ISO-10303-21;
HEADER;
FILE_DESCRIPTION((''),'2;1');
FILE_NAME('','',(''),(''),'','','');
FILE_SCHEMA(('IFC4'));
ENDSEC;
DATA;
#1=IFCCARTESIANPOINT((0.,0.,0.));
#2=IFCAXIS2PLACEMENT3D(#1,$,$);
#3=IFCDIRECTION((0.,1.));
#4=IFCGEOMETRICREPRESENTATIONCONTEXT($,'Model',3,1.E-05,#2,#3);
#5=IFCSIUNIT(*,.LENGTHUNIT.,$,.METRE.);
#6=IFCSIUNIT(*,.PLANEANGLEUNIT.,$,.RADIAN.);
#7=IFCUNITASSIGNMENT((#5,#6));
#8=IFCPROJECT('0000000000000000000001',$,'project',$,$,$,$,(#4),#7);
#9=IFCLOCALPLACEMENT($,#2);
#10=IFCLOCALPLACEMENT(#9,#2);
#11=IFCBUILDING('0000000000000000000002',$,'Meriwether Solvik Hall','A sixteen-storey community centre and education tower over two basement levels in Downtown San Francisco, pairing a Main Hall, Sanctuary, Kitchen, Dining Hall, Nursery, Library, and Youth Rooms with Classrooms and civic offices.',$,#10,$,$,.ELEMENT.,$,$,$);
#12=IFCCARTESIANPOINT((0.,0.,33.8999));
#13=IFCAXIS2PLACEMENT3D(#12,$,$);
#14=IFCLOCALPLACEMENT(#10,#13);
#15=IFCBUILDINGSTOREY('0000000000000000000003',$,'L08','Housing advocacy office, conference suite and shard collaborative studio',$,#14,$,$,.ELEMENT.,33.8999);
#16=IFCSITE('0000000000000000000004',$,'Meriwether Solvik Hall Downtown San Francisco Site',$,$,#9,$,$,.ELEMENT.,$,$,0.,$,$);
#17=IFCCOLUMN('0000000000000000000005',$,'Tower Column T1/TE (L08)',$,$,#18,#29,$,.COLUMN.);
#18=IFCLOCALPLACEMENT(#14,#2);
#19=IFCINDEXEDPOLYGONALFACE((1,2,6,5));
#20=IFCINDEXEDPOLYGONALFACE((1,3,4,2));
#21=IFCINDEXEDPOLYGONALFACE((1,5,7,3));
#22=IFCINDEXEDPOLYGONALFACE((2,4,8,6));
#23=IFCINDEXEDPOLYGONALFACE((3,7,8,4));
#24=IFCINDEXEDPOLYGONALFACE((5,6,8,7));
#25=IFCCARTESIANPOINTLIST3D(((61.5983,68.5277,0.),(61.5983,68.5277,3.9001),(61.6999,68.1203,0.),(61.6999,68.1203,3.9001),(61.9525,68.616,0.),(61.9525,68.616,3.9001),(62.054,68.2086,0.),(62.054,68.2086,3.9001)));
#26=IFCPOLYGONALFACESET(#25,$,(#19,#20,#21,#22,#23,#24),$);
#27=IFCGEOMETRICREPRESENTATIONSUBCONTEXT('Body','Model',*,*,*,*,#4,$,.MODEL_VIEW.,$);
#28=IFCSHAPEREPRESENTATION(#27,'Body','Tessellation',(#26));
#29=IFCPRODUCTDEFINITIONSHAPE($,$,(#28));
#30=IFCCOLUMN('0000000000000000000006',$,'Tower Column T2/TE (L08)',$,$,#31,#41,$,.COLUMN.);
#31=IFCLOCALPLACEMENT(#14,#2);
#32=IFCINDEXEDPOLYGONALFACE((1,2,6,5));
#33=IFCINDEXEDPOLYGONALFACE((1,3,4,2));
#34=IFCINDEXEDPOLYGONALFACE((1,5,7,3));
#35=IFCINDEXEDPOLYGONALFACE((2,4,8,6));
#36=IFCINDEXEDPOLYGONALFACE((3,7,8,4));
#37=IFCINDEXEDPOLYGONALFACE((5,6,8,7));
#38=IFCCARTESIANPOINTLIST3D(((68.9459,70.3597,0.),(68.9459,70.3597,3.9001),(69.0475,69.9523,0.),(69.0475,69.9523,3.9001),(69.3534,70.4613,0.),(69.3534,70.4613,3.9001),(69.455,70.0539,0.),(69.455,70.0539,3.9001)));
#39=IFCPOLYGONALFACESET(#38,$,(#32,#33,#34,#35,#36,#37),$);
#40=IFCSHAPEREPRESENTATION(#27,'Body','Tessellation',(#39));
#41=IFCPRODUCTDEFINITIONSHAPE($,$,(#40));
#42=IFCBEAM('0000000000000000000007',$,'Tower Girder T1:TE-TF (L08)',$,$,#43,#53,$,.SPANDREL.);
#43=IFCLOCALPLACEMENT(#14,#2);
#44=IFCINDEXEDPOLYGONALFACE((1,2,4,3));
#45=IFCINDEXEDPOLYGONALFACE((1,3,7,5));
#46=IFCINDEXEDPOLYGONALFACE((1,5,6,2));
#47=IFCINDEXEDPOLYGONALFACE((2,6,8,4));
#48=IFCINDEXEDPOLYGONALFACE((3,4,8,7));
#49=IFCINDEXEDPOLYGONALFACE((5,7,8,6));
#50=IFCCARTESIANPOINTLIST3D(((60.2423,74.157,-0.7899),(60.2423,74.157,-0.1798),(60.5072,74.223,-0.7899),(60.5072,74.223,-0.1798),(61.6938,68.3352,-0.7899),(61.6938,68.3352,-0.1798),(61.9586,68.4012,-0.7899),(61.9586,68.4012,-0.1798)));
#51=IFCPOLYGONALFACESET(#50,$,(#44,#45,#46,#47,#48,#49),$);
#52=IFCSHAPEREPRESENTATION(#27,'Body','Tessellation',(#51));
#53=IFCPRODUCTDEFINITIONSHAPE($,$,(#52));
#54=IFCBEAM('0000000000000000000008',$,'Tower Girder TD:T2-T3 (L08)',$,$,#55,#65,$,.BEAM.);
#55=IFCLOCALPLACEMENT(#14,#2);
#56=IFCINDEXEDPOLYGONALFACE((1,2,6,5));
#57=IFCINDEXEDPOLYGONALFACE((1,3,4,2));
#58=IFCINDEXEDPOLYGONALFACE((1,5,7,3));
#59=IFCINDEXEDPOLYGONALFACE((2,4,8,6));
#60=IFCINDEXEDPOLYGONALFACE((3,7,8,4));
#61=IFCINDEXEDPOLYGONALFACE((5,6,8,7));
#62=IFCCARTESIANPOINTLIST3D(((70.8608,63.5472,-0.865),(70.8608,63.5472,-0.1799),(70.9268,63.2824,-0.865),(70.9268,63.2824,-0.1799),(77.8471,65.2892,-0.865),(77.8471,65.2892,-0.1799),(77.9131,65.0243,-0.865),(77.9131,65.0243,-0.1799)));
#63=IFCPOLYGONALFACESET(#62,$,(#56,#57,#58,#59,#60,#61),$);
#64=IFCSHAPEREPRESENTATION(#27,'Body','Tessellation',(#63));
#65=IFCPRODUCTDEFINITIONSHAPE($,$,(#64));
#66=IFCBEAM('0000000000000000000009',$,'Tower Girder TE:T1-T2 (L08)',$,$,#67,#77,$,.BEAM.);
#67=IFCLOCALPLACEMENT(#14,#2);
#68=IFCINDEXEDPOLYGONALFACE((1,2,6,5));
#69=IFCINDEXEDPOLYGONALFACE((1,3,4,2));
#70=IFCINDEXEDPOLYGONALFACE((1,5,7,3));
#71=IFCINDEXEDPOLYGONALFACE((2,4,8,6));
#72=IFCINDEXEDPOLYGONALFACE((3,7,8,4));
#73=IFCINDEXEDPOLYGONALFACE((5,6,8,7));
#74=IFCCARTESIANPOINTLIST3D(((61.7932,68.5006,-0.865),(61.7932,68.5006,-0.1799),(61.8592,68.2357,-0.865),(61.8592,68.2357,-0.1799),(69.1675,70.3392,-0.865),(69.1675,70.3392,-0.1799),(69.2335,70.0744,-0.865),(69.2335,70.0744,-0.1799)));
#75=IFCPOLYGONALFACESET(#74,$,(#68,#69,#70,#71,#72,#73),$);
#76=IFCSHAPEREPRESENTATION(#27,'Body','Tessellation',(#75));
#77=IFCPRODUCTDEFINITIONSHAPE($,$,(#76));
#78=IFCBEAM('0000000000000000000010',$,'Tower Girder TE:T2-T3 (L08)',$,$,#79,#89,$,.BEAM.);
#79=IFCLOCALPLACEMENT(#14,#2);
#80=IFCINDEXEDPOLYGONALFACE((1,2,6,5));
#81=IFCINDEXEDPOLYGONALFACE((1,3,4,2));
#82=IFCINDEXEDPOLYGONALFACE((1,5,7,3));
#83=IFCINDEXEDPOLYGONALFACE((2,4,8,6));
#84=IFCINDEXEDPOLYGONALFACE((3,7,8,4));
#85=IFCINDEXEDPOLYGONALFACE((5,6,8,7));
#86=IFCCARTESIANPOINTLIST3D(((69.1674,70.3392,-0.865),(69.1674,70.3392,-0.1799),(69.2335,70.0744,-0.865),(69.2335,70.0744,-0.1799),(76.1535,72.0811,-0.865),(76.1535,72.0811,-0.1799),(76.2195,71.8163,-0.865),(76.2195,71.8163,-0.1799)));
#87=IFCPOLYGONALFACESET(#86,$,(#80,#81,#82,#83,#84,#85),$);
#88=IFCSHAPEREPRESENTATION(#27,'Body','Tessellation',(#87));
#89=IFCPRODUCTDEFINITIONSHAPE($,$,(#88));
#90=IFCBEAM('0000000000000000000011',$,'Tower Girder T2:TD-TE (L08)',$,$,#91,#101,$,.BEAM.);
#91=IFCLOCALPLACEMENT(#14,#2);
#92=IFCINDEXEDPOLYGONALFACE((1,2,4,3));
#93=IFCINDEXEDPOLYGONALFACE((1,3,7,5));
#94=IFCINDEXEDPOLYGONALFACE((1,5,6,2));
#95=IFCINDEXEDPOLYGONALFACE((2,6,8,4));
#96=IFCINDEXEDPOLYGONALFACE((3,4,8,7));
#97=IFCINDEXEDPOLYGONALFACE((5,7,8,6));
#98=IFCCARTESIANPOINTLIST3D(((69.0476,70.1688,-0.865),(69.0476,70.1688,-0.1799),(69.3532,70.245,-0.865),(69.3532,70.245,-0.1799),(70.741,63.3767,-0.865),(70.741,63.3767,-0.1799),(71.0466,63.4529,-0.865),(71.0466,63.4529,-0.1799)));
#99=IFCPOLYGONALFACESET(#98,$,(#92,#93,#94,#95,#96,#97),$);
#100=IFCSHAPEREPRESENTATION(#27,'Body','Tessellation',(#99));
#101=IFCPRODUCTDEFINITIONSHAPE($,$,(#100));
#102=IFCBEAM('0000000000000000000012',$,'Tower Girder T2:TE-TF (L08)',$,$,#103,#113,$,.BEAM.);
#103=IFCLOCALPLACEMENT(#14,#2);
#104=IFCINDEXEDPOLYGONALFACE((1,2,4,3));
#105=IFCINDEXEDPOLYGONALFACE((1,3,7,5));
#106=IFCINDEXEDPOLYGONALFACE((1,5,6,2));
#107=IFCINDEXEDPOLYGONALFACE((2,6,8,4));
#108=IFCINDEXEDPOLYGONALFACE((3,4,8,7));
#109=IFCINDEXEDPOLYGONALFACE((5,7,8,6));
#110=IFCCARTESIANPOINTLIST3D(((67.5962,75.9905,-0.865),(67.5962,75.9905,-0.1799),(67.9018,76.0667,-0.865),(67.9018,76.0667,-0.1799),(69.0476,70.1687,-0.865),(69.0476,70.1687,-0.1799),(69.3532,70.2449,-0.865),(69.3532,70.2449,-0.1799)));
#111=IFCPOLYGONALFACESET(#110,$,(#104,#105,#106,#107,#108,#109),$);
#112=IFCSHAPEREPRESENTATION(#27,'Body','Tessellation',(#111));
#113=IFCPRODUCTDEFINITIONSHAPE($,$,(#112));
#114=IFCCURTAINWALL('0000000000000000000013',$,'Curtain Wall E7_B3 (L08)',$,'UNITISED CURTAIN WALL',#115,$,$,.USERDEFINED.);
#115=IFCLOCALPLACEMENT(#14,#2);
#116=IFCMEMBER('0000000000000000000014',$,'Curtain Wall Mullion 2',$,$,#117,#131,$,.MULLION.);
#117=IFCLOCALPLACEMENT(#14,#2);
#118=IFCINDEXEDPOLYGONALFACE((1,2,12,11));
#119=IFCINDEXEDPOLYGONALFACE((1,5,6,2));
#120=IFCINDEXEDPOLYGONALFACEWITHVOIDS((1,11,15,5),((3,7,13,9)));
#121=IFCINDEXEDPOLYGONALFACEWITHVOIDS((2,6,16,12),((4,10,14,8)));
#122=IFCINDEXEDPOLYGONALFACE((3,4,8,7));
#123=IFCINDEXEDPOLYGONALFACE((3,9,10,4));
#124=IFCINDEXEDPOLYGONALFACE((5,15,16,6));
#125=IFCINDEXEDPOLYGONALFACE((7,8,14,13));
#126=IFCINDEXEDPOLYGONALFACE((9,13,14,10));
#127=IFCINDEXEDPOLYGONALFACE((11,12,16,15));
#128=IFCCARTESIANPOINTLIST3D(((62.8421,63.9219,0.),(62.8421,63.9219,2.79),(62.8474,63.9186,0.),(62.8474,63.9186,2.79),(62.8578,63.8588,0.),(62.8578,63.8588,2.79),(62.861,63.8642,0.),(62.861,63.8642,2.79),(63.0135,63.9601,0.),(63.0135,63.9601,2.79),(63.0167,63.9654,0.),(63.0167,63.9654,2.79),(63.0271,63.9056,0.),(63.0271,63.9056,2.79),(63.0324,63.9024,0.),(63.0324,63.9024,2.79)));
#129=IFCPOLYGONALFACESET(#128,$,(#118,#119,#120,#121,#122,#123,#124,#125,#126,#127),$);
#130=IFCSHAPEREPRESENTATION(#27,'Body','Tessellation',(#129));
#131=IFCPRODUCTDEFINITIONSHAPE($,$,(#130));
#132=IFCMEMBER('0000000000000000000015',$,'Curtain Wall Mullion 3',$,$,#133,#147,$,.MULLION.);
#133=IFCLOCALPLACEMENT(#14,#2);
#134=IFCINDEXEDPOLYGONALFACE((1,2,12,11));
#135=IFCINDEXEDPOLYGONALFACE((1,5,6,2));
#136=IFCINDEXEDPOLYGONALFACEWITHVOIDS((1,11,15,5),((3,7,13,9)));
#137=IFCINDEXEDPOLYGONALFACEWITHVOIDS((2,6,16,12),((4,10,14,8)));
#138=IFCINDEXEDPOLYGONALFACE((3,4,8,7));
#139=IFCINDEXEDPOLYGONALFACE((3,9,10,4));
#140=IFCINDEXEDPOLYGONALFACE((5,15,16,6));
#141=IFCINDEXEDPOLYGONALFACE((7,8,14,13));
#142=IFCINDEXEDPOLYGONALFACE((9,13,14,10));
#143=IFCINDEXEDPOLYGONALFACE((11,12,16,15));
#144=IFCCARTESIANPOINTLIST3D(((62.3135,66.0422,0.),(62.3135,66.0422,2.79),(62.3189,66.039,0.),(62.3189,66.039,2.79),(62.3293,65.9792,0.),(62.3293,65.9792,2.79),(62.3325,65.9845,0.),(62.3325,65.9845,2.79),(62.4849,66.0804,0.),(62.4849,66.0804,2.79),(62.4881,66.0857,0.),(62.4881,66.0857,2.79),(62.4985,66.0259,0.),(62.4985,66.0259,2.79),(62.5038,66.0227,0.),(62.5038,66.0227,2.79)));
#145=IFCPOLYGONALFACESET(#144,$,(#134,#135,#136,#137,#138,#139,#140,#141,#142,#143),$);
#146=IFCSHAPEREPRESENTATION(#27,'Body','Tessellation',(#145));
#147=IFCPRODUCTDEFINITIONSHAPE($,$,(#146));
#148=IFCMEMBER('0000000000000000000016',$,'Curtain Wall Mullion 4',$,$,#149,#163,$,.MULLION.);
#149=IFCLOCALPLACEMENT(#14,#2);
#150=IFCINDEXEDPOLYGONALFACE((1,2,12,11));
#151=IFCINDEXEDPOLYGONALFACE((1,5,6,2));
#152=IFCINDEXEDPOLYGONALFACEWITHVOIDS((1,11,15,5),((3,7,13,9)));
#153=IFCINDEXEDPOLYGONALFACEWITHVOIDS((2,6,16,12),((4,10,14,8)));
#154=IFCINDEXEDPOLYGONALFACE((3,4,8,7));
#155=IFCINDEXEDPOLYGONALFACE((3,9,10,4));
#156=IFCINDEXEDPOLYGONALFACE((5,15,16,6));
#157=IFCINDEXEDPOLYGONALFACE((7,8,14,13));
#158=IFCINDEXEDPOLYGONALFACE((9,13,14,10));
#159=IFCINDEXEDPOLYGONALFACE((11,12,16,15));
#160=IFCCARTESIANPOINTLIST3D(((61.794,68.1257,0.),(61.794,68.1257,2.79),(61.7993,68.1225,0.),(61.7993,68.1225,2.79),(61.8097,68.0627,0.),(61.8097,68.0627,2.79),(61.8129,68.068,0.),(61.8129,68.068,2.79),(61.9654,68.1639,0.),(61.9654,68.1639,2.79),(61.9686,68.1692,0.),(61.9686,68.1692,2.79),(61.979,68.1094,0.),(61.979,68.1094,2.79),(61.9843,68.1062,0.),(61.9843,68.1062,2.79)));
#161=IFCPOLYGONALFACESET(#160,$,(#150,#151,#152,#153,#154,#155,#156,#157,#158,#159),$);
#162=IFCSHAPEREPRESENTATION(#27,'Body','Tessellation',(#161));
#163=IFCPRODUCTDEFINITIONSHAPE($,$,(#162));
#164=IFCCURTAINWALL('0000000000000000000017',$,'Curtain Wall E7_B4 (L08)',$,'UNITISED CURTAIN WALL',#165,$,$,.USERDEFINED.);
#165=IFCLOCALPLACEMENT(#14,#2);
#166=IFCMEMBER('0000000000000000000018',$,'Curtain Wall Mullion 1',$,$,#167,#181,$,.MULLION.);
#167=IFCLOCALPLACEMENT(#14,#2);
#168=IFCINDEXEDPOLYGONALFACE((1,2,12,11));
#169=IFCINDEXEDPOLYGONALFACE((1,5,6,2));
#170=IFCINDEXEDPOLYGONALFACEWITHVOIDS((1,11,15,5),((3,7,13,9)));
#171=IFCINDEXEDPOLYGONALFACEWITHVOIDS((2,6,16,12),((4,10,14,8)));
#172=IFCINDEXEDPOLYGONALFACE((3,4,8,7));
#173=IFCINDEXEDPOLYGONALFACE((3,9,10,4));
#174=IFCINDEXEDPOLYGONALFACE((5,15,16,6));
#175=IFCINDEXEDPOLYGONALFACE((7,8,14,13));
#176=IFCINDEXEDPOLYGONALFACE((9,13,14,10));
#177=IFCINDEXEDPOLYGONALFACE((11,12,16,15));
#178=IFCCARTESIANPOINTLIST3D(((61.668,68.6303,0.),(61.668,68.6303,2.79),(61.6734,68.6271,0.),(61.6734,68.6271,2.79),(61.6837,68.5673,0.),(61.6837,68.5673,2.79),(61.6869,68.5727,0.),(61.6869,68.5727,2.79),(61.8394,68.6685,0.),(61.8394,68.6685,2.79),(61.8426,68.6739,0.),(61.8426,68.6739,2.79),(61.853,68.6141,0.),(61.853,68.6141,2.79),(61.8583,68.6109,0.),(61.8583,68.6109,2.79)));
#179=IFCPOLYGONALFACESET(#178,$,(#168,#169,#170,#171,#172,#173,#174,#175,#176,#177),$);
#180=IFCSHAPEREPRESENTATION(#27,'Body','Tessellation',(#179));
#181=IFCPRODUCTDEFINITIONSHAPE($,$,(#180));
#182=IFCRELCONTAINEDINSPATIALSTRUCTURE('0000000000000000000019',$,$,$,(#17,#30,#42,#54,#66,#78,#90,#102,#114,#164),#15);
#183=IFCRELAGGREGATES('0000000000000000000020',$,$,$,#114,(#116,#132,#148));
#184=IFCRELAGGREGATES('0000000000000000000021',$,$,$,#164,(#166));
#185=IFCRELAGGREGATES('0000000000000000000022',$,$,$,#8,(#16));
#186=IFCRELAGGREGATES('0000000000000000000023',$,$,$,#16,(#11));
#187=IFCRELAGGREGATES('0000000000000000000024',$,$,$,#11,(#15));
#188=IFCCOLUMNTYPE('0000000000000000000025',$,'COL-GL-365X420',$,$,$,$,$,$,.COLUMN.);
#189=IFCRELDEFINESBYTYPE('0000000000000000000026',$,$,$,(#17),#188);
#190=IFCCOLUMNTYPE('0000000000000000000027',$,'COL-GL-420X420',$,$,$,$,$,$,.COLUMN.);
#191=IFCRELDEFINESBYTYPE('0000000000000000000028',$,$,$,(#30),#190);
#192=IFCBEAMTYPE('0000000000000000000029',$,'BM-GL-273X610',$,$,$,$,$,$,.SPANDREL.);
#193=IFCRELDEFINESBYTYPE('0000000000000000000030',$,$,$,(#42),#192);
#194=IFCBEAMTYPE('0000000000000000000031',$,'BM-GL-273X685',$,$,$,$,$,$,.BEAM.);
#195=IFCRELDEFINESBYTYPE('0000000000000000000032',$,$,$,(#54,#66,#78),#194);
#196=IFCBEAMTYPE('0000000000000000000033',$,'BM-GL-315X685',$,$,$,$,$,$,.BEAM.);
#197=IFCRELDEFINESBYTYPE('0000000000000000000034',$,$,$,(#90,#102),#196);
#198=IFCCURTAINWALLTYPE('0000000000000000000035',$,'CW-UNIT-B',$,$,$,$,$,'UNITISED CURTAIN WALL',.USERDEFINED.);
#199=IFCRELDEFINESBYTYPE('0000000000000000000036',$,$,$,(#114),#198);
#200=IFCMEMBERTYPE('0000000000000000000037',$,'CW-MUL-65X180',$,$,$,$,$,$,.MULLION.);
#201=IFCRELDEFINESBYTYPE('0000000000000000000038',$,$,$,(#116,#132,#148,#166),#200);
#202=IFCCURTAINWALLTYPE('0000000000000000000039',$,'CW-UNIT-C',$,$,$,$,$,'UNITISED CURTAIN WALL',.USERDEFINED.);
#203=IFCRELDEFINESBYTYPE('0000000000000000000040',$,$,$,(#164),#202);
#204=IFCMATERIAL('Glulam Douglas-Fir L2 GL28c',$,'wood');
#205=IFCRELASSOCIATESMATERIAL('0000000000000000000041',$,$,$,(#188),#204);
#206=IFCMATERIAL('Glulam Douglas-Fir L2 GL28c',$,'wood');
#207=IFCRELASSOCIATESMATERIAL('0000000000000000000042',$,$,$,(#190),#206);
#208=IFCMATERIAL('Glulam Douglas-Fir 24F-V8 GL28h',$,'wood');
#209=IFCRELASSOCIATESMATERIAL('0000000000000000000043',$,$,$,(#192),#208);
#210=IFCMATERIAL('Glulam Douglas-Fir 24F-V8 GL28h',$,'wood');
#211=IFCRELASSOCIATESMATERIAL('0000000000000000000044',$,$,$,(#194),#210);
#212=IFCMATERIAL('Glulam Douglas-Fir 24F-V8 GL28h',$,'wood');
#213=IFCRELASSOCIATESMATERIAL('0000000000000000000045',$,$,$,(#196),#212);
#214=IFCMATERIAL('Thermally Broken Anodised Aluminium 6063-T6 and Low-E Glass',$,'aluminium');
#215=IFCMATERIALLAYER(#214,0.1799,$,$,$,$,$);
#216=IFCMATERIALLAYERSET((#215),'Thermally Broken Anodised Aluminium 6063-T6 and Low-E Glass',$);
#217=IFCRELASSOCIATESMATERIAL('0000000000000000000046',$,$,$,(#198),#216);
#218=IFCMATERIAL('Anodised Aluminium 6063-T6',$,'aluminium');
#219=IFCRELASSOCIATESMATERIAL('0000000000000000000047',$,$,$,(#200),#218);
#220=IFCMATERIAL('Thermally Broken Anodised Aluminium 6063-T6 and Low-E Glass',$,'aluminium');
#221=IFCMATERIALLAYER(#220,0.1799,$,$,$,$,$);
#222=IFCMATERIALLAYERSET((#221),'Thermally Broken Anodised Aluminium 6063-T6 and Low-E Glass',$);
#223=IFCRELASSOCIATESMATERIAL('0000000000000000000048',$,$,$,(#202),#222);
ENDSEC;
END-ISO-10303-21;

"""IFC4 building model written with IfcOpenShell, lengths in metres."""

from ifc_helpers import new_model, si_unit, direction, frame, origin, origin_2d, place, context, subcontext, project, spatial, rectangle, hollow_rectangle, extrude, material, layer, layer_set, material_profile, profile_set, type_object, element, aggregate, save


model = new_model("IFC4")

# Units and contexts
model_context = context("Model", 3, precision=1e-05, world=origin(), true_north=direction((0.0, 1.0)))
body_context = subcontext(model_context, "Body", "Model", "MODEL_VIEW")
ifc_project = project(units=[si_unit("LENGTHUNIT", "METRE"), si_unit("PLANEANGLEUNIT", "RADIAN")], contexts=[model_context])

# Site, building, storey
site_placement = place(None, origin())
site = spatial("IfcSite", under=ifc_project, at=site_placement, Name="Meriwether Solvik Hall Downtown San Francisco Site", CompositionType="ELEMENT", RefElevation=0.0)
building_placement = place(site_placement, origin())
building = spatial("IfcBuilding", under=site, at=building_placement, Name="Meriwether Solvik Hall", Description="A sixteen-storey community centre and education tower over two basement levels in Downtown San Francisco, pairing a Main Hall, Sanctuary, Kitchen, Dining Hall, Nursery, Library, and Youth Rooms with Classrooms and civic offices.", CompositionType="ELEMENT")
storey_placement = place(building_placement, frame((0.0, 0.0, 33.8999)))
storey = spatial("IfcBuildingStorey", under=building, at=storey_placement, Name="L08", Description="Housing advocacy office, conference suite and shard collaborative studio", CompositionType="ELEMENT", Elevation=33.8999)

# Columns
ifc_material_1 = material(Name="Glulam Douglas-Fir L2 GL28c", Category="wood")
ifc_material_profile_1 = material_profile(ifc_material_1, rectangle(XDim=0.365, YDim=0.4199, at=origin_2d()), Name="GLC-365X420")
ifc_profile_set_1 = profile_set([ifc_material_profile_1], Name="Glulam Douglas-Fir L2 GL28c")
column_type_1 = type_object("IfcColumnType", Name="COL-GL-365X420", PredefinedType="COLUMN", material=ifc_profile_set_1)
column_1_placement = place(storey_placement, frame((61.8262, 68.3682, 0.0), z_axis=(0.0, 0.0, 1.0), x_axis=(0.970296, 0.241922, 0.0)))
element("IfcColumn", 1, at=column_1_placement, inside=storey, type_object=column_type_1, Name="Tower Column T1/TE (L08)", PredefinedType="COLUMN", context=body_context, shape_type="SweptSolid", body=[
    extrude(rectangle(XDim=0.365, YDim=0.4199, at=origin_2d()), origin(), (0.0, 0.0, 1.0), 3.9001),
])
ifc_material_2 = material(Name="Glulam Douglas-Fir L2 GL28c", Category="wood")
ifc_material_profile_2 = material_profile(ifc_material_2, rectangle(XDim=0.4199, YDim=0.4199, at=origin_2d()), Name="GLC-420X420")
ifc_profile_set_2 = profile_set([ifc_material_profile_2], Name="Glulam Douglas-Fir L2 GL28c")
column_type_2 = type_object("IfcColumnType", Name="COL-GL-420X420", PredefinedType="COLUMN", material=ifc_profile_set_2)
column_2_placement = place(storey_placement, frame((69.2004, 70.2068, 0.0), z_axis=(0.0, 0.0, 1.0), x_axis=(0.970296, 0.241922, 0.0)))
element("IfcColumn", 2, at=column_2_placement, inside=storey, type_object=column_type_2, Name="Tower Column T2/TE (L08)", PredefinedType="COLUMN", context=body_context, shape_type="SweptSolid", body=[
    extrude(rectangle(XDim=0.4199, YDim=0.4199, at=origin_2d()), origin(), (0.0, 0.0, 1.0), 3.9001),
])

# Beams
ifc_material_3 = material(Name="Glulam Douglas-Fir 24F-V8 GL28h", Category="wood")
ifc_material_profile_3 = material_profile(ifc_material_3, rectangle(XDim=0.2729, YDim=0.6101, at=origin_2d()), Name="GLB-273X610")
ifc_profile_set_3 = profile_set([ifc_material_profile_3], Name="Glulam Douglas-Fir 24F-V8 GL28h")
beam_type_1 = type_object("IfcBeamType", Name="BM-GL-273X610", PredefinedType="SPANDREL", material=ifc_profile_set_3)
beam_1_placement = place(storey_placement, frame((61.8262, 68.3682, -0.4849), z_axis=(-0.241904, 0.9703, 0.0), x_axis=(-0.9703, -0.241904, 0.0)))
element("IfcBeam", 3, at=beam_1_placement, inside=storey, type_object=beam_type_1, Name="Tower Girder T1:TE-TF (L08)", PredefinedType="SPANDREL", context=body_context, shape_type="SweptSolid", body=[
    extrude(rectangle(XDim=0.2729, YDim=0.6101, at=origin_2d()), origin(), (0.0, 0.0, 1.0), 6.0),
])
ifc_material_4 = material(Name="Glulam Douglas-Fir 24F-V8 GL28h", Category="wood")
ifc_material_profile_4 = material_profile(ifc_material_4, rectangle(XDim=0.2729, YDim=0.6851, at=origin_2d()), Name="GLB-273X685")
ifc_profile_set_4 = profile_set([ifc_material_profile_4], Name="Glulam Douglas-Fir 24F-V8 GL28h")
beam_type_2 = type_object("IfcBeamType", Name="BM-GL-273X685", PredefinedType="BEAM", material=ifc_profile_set_4)
beam_2_placement = place(storey_placement, frame((70.8938, 63.4148, -0.5225), z_axis=(0.970294, 0.241929, 0.0), x_axis=(-0.241929, 0.970294, 0.0)))
element("IfcBeam", 4, at=beam_2_placement, inside=storey, type_object=beam_type_2, Name="Tower Girder TD:T2-T3 (L08)", PredefinedType="BEAM", context=body_context, shape_type="SweptSolid", body=[
    extrude(rectangle(XDim=0.2729, YDim=0.6851, at=origin_2d()), origin(), (0.0, 0.0, 1.0), 7.2002),
])
beam_3_placement = place(storey_placement, frame((61.8262, 68.3682, -0.5225), z_axis=(0.970295, 0.241923, 0.0), x_axis=(-0.241923, 0.970295, 0.0)))
element("IfcBeam", 5, at=beam_3_placement, inside=storey, type_object=beam_type_2, Name="Tower Girder TE:T1-T2 (L08)", PredefinedType="BEAM", context=body_context, shape_type="SweptSolid", body=[
    extrude(rectangle(XDim=0.2729, YDim=0.6851, at=origin_2d()), origin(), (0.0, 0.0, 1.0), 7.6001),
])
beam_4_placement = place(storey_placement, frame((69.2004, 70.2068, -0.5225), z_axis=(0.970292, 0.241937, 0.0), x_axis=(-0.241937, 0.970292, 0.0)))
element("IfcBeam", 6, at=beam_4_placement, inside=storey, type_object=beam_type_2, Name="Tower Girder TE:T2-T3 (L08)", PredefinedType="BEAM", context=body_context, shape_type="SweptSolid", body=[
    extrude(rectangle(XDim=0.2729, YDim=0.6851, at=origin_2d()), origin(), (0.0, 0.0, 1.0), 7.2),
])
ifc_material_5 = material(Name="Glulam Douglas-Fir 24F-V8 GL28h", Category="wood")
ifc_material_profile_5 = material_profile(ifc_material_5, rectangle(XDim=0.3149, YDim=0.6851, at=origin_2d()), Name="GLB-315X685")
ifc_profile_set_5 = profile_set([ifc_material_profile_5], Name="Glulam Douglas-Fir 24F-V8 GL28h")
beam_type_3 = type_object("IfcBeamType", Name="BM-GL-315X685", PredefinedType="BEAM", material=ifc_profile_set_5)
beam_5_placement = place(storey_placement, frame((70.8938, 63.4148, -0.5225), z_axis=(-0.241912, 0.970298, 0.0), x_axis=(-0.970298, -0.241912, 0.0)))
element("IfcBeam", 7, at=beam_5_placement, inside=storey, type_object=beam_type_3, Name="Tower Girder T2:TD-TE (L08)", PredefinedType="BEAM", context=body_context, shape_type="SweptSolid", body=[
    extrude(rectangle(XDim=0.3149, YDim=0.6851, at=origin_2d()), origin(), (0.0, 0.0, 1.0), 7.0),
])
beam_6_placement = place(storey_placement, frame((69.2004, 70.2068, -0.5225), z_axis=(-0.241904, 0.9703, 0.0), x_axis=(-0.9703, -0.241904, 0.0)))
element("IfcBeam", 8, at=beam_6_placement, inside=storey, type_object=beam_type_3, Name="Tower Girder T2:TE-TF (L08)", PredefinedType="BEAM", context=body_context, shape_type="SweptSolid", body=[
    extrude(rectangle(XDim=0.3149, YDim=0.6851, at=origin_2d()), origin(), (0.0, 0.0, 1.0), 6.0),
])

# Curtain walls, members
ifc_material_6 = material(Name="Thermally Broken Anodised Aluminium 6063-T6 and Low-E Glass", Category="aluminium")
ifc_layer_1 = layer(ifc_material_6, 0.1799)
ifc_layer_set_1 = layer_set([ifc_layer_1], Name="Thermally Broken Anodised Aluminium 6063-T6 and Low-E Glass")
curtain_wall_type_1 = type_object("IfcCurtainWallType", Name="CW-UNIT-B", ElementType="UNITISED CURTAIN WALL", PredefinedType="USERDEFINED", material=ifc_layer_set_1)
curtain_wall_1_placement = place(storey_placement, origin())
curtain_wall_1 = element("IfcCurtainWall", 9, at=curtain_wall_1_placement, inside=storey, type_object=curtain_wall_type_1, Name="Curtain Wall E7_B3 (L08)", ObjectType="UNITISED CURTAIN WALL", PredefinedType="USERDEFINED")
ifc_material_7 = material(Name="Anodised Aluminium 6063-T6", Category="aluminium")
ifc_material_profile_6 = material_profile(ifc_material_7, hollow_rectangle(XDim=0.0649, YDim=0.1799, WallThickness=0.0044, at=origin_2d()), Name="CWM-65X180")
ifc_profile_set_6 = profile_set([ifc_material_profile_6], Name="Anodised Aluminium 6063-T6")
member_type_1 = type_object("IfcMemberType", Name="CW-MUL-65X180", PredefinedType="MULLION", material=ifc_profile_set_6)
member_1_placement = place(storey_placement, frame((62.9373, 63.9121, 0.0), z_axis=(0.0, 0.0, 1.0), x_axis=(-0.241922, 0.970296, 0.0)))
member_1 = element("IfcMember", 10, at=member_1_placement, type_object=member_type_1, Name="Curtain Wall Mullion 2", PredefinedType="MULLION", context=body_context, shape_type="SweptSolid", body=[
    extrude(hollow_rectangle(XDim=0.0649, YDim=0.1799, WallThickness=0.0044, at=origin_2d()), origin(), (0.0, 0.0, 1.0), 2.79),
])
member_2_placement = place(storey_placement, frame((62.4087, 66.0325, 0.0), z_axis=(0.0, 0.0, 1.0), x_axis=(-0.241922, 0.970296, 0.0)))
member_2 = element("IfcMember", 11, at=member_2_placement, type_object=member_type_1, Name="Curtain Wall Mullion 3", PredefinedType="MULLION", context=body_context, shape_type="SweptSolid", body=[
    extrude(hollow_rectangle(XDim=0.0649, YDim=0.1799, WallThickness=0.0044, at=origin_2d()), origin(), (0.0, 0.0, 1.0), 2.79),
])
member_3_placement = place(storey_placement, frame((61.8892, 68.116, 0.0), z_axis=(0.0, 0.0, 1.0), x_axis=(-0.241922, 0.970296, 0.0)))
member_3 = element("IfcMember", 12, at=member_3_placement, type_object=member_type_1, Name="Curtain Wall Mullion 4", PredefinedType="MULLION", context=body_context, shape_type="SweptSolid", body=[
    extrude(hollow_rectangle(XDim=0.0649, YDim=0.1799, WallThickness=0.0044, at=origin_2d()), origin(), (0.0, 0.0, 1.0), 2.79),
])
ifc_material_8 = material(Name="Thermally Broken Anodised Aluminium 6063-T6 and Low-E Glass", Category="aluminium")
ifc_layer_2 = layer(ifc_material_8, 0.1799)
ifc_layer_set_2 = layer_set([ifc_layer_2], Name="Thermally Broken Anodised Aluminium 6063-T6 and Low-E Glass")
curtain_wall_type_2 = type_object("IfcCurtainWallType", Name="CW-UNIT-C", ElementType="UNITISED CURTAIN WALL", PredefinedType="USERDEFINED", material=ifc_layer_set_2)
curtain_wall_2_placement = place(storey_placement, origin())
curtain_wall_2 = element("IfcCurtainWall", 13, at=curtain_wall_2_placement, inside=storey, type_object=curtain_wall_type_2, Name="Curtain Wall E7_B4 (L08)", ObjectType="UNITISED CURTAIN WALL", PredefinedType="USERDEFINED")
member_4_placement = place(storey_placement, frame((61.7632, 68.6206, 0.0), z_axis=(0.0, 0.0, 1.0), x_axis=(-0.241922, 0.970296, 0.0)))
member_4 = element("IfcMember", 14, at=member_4_placement, type_object=member_type_1, Name="Curtain Wall Mullion 1", PredefinedType="MULLION", context=body_context, shape_type="SweptSolid", body=[
    extrude(hollow_rectangle(XDim=0.0649, YDim=0.1799, WallThickness=0.0044, at=origin_2d()), origin(), (0.0, 0.0, 1.0), 2.79),
])

aggregate(curtain_wall_1, [member_1, member_2, member_3])
aggregate(curtain_wall_2, [member_4])

save(model, "model.ifc")
